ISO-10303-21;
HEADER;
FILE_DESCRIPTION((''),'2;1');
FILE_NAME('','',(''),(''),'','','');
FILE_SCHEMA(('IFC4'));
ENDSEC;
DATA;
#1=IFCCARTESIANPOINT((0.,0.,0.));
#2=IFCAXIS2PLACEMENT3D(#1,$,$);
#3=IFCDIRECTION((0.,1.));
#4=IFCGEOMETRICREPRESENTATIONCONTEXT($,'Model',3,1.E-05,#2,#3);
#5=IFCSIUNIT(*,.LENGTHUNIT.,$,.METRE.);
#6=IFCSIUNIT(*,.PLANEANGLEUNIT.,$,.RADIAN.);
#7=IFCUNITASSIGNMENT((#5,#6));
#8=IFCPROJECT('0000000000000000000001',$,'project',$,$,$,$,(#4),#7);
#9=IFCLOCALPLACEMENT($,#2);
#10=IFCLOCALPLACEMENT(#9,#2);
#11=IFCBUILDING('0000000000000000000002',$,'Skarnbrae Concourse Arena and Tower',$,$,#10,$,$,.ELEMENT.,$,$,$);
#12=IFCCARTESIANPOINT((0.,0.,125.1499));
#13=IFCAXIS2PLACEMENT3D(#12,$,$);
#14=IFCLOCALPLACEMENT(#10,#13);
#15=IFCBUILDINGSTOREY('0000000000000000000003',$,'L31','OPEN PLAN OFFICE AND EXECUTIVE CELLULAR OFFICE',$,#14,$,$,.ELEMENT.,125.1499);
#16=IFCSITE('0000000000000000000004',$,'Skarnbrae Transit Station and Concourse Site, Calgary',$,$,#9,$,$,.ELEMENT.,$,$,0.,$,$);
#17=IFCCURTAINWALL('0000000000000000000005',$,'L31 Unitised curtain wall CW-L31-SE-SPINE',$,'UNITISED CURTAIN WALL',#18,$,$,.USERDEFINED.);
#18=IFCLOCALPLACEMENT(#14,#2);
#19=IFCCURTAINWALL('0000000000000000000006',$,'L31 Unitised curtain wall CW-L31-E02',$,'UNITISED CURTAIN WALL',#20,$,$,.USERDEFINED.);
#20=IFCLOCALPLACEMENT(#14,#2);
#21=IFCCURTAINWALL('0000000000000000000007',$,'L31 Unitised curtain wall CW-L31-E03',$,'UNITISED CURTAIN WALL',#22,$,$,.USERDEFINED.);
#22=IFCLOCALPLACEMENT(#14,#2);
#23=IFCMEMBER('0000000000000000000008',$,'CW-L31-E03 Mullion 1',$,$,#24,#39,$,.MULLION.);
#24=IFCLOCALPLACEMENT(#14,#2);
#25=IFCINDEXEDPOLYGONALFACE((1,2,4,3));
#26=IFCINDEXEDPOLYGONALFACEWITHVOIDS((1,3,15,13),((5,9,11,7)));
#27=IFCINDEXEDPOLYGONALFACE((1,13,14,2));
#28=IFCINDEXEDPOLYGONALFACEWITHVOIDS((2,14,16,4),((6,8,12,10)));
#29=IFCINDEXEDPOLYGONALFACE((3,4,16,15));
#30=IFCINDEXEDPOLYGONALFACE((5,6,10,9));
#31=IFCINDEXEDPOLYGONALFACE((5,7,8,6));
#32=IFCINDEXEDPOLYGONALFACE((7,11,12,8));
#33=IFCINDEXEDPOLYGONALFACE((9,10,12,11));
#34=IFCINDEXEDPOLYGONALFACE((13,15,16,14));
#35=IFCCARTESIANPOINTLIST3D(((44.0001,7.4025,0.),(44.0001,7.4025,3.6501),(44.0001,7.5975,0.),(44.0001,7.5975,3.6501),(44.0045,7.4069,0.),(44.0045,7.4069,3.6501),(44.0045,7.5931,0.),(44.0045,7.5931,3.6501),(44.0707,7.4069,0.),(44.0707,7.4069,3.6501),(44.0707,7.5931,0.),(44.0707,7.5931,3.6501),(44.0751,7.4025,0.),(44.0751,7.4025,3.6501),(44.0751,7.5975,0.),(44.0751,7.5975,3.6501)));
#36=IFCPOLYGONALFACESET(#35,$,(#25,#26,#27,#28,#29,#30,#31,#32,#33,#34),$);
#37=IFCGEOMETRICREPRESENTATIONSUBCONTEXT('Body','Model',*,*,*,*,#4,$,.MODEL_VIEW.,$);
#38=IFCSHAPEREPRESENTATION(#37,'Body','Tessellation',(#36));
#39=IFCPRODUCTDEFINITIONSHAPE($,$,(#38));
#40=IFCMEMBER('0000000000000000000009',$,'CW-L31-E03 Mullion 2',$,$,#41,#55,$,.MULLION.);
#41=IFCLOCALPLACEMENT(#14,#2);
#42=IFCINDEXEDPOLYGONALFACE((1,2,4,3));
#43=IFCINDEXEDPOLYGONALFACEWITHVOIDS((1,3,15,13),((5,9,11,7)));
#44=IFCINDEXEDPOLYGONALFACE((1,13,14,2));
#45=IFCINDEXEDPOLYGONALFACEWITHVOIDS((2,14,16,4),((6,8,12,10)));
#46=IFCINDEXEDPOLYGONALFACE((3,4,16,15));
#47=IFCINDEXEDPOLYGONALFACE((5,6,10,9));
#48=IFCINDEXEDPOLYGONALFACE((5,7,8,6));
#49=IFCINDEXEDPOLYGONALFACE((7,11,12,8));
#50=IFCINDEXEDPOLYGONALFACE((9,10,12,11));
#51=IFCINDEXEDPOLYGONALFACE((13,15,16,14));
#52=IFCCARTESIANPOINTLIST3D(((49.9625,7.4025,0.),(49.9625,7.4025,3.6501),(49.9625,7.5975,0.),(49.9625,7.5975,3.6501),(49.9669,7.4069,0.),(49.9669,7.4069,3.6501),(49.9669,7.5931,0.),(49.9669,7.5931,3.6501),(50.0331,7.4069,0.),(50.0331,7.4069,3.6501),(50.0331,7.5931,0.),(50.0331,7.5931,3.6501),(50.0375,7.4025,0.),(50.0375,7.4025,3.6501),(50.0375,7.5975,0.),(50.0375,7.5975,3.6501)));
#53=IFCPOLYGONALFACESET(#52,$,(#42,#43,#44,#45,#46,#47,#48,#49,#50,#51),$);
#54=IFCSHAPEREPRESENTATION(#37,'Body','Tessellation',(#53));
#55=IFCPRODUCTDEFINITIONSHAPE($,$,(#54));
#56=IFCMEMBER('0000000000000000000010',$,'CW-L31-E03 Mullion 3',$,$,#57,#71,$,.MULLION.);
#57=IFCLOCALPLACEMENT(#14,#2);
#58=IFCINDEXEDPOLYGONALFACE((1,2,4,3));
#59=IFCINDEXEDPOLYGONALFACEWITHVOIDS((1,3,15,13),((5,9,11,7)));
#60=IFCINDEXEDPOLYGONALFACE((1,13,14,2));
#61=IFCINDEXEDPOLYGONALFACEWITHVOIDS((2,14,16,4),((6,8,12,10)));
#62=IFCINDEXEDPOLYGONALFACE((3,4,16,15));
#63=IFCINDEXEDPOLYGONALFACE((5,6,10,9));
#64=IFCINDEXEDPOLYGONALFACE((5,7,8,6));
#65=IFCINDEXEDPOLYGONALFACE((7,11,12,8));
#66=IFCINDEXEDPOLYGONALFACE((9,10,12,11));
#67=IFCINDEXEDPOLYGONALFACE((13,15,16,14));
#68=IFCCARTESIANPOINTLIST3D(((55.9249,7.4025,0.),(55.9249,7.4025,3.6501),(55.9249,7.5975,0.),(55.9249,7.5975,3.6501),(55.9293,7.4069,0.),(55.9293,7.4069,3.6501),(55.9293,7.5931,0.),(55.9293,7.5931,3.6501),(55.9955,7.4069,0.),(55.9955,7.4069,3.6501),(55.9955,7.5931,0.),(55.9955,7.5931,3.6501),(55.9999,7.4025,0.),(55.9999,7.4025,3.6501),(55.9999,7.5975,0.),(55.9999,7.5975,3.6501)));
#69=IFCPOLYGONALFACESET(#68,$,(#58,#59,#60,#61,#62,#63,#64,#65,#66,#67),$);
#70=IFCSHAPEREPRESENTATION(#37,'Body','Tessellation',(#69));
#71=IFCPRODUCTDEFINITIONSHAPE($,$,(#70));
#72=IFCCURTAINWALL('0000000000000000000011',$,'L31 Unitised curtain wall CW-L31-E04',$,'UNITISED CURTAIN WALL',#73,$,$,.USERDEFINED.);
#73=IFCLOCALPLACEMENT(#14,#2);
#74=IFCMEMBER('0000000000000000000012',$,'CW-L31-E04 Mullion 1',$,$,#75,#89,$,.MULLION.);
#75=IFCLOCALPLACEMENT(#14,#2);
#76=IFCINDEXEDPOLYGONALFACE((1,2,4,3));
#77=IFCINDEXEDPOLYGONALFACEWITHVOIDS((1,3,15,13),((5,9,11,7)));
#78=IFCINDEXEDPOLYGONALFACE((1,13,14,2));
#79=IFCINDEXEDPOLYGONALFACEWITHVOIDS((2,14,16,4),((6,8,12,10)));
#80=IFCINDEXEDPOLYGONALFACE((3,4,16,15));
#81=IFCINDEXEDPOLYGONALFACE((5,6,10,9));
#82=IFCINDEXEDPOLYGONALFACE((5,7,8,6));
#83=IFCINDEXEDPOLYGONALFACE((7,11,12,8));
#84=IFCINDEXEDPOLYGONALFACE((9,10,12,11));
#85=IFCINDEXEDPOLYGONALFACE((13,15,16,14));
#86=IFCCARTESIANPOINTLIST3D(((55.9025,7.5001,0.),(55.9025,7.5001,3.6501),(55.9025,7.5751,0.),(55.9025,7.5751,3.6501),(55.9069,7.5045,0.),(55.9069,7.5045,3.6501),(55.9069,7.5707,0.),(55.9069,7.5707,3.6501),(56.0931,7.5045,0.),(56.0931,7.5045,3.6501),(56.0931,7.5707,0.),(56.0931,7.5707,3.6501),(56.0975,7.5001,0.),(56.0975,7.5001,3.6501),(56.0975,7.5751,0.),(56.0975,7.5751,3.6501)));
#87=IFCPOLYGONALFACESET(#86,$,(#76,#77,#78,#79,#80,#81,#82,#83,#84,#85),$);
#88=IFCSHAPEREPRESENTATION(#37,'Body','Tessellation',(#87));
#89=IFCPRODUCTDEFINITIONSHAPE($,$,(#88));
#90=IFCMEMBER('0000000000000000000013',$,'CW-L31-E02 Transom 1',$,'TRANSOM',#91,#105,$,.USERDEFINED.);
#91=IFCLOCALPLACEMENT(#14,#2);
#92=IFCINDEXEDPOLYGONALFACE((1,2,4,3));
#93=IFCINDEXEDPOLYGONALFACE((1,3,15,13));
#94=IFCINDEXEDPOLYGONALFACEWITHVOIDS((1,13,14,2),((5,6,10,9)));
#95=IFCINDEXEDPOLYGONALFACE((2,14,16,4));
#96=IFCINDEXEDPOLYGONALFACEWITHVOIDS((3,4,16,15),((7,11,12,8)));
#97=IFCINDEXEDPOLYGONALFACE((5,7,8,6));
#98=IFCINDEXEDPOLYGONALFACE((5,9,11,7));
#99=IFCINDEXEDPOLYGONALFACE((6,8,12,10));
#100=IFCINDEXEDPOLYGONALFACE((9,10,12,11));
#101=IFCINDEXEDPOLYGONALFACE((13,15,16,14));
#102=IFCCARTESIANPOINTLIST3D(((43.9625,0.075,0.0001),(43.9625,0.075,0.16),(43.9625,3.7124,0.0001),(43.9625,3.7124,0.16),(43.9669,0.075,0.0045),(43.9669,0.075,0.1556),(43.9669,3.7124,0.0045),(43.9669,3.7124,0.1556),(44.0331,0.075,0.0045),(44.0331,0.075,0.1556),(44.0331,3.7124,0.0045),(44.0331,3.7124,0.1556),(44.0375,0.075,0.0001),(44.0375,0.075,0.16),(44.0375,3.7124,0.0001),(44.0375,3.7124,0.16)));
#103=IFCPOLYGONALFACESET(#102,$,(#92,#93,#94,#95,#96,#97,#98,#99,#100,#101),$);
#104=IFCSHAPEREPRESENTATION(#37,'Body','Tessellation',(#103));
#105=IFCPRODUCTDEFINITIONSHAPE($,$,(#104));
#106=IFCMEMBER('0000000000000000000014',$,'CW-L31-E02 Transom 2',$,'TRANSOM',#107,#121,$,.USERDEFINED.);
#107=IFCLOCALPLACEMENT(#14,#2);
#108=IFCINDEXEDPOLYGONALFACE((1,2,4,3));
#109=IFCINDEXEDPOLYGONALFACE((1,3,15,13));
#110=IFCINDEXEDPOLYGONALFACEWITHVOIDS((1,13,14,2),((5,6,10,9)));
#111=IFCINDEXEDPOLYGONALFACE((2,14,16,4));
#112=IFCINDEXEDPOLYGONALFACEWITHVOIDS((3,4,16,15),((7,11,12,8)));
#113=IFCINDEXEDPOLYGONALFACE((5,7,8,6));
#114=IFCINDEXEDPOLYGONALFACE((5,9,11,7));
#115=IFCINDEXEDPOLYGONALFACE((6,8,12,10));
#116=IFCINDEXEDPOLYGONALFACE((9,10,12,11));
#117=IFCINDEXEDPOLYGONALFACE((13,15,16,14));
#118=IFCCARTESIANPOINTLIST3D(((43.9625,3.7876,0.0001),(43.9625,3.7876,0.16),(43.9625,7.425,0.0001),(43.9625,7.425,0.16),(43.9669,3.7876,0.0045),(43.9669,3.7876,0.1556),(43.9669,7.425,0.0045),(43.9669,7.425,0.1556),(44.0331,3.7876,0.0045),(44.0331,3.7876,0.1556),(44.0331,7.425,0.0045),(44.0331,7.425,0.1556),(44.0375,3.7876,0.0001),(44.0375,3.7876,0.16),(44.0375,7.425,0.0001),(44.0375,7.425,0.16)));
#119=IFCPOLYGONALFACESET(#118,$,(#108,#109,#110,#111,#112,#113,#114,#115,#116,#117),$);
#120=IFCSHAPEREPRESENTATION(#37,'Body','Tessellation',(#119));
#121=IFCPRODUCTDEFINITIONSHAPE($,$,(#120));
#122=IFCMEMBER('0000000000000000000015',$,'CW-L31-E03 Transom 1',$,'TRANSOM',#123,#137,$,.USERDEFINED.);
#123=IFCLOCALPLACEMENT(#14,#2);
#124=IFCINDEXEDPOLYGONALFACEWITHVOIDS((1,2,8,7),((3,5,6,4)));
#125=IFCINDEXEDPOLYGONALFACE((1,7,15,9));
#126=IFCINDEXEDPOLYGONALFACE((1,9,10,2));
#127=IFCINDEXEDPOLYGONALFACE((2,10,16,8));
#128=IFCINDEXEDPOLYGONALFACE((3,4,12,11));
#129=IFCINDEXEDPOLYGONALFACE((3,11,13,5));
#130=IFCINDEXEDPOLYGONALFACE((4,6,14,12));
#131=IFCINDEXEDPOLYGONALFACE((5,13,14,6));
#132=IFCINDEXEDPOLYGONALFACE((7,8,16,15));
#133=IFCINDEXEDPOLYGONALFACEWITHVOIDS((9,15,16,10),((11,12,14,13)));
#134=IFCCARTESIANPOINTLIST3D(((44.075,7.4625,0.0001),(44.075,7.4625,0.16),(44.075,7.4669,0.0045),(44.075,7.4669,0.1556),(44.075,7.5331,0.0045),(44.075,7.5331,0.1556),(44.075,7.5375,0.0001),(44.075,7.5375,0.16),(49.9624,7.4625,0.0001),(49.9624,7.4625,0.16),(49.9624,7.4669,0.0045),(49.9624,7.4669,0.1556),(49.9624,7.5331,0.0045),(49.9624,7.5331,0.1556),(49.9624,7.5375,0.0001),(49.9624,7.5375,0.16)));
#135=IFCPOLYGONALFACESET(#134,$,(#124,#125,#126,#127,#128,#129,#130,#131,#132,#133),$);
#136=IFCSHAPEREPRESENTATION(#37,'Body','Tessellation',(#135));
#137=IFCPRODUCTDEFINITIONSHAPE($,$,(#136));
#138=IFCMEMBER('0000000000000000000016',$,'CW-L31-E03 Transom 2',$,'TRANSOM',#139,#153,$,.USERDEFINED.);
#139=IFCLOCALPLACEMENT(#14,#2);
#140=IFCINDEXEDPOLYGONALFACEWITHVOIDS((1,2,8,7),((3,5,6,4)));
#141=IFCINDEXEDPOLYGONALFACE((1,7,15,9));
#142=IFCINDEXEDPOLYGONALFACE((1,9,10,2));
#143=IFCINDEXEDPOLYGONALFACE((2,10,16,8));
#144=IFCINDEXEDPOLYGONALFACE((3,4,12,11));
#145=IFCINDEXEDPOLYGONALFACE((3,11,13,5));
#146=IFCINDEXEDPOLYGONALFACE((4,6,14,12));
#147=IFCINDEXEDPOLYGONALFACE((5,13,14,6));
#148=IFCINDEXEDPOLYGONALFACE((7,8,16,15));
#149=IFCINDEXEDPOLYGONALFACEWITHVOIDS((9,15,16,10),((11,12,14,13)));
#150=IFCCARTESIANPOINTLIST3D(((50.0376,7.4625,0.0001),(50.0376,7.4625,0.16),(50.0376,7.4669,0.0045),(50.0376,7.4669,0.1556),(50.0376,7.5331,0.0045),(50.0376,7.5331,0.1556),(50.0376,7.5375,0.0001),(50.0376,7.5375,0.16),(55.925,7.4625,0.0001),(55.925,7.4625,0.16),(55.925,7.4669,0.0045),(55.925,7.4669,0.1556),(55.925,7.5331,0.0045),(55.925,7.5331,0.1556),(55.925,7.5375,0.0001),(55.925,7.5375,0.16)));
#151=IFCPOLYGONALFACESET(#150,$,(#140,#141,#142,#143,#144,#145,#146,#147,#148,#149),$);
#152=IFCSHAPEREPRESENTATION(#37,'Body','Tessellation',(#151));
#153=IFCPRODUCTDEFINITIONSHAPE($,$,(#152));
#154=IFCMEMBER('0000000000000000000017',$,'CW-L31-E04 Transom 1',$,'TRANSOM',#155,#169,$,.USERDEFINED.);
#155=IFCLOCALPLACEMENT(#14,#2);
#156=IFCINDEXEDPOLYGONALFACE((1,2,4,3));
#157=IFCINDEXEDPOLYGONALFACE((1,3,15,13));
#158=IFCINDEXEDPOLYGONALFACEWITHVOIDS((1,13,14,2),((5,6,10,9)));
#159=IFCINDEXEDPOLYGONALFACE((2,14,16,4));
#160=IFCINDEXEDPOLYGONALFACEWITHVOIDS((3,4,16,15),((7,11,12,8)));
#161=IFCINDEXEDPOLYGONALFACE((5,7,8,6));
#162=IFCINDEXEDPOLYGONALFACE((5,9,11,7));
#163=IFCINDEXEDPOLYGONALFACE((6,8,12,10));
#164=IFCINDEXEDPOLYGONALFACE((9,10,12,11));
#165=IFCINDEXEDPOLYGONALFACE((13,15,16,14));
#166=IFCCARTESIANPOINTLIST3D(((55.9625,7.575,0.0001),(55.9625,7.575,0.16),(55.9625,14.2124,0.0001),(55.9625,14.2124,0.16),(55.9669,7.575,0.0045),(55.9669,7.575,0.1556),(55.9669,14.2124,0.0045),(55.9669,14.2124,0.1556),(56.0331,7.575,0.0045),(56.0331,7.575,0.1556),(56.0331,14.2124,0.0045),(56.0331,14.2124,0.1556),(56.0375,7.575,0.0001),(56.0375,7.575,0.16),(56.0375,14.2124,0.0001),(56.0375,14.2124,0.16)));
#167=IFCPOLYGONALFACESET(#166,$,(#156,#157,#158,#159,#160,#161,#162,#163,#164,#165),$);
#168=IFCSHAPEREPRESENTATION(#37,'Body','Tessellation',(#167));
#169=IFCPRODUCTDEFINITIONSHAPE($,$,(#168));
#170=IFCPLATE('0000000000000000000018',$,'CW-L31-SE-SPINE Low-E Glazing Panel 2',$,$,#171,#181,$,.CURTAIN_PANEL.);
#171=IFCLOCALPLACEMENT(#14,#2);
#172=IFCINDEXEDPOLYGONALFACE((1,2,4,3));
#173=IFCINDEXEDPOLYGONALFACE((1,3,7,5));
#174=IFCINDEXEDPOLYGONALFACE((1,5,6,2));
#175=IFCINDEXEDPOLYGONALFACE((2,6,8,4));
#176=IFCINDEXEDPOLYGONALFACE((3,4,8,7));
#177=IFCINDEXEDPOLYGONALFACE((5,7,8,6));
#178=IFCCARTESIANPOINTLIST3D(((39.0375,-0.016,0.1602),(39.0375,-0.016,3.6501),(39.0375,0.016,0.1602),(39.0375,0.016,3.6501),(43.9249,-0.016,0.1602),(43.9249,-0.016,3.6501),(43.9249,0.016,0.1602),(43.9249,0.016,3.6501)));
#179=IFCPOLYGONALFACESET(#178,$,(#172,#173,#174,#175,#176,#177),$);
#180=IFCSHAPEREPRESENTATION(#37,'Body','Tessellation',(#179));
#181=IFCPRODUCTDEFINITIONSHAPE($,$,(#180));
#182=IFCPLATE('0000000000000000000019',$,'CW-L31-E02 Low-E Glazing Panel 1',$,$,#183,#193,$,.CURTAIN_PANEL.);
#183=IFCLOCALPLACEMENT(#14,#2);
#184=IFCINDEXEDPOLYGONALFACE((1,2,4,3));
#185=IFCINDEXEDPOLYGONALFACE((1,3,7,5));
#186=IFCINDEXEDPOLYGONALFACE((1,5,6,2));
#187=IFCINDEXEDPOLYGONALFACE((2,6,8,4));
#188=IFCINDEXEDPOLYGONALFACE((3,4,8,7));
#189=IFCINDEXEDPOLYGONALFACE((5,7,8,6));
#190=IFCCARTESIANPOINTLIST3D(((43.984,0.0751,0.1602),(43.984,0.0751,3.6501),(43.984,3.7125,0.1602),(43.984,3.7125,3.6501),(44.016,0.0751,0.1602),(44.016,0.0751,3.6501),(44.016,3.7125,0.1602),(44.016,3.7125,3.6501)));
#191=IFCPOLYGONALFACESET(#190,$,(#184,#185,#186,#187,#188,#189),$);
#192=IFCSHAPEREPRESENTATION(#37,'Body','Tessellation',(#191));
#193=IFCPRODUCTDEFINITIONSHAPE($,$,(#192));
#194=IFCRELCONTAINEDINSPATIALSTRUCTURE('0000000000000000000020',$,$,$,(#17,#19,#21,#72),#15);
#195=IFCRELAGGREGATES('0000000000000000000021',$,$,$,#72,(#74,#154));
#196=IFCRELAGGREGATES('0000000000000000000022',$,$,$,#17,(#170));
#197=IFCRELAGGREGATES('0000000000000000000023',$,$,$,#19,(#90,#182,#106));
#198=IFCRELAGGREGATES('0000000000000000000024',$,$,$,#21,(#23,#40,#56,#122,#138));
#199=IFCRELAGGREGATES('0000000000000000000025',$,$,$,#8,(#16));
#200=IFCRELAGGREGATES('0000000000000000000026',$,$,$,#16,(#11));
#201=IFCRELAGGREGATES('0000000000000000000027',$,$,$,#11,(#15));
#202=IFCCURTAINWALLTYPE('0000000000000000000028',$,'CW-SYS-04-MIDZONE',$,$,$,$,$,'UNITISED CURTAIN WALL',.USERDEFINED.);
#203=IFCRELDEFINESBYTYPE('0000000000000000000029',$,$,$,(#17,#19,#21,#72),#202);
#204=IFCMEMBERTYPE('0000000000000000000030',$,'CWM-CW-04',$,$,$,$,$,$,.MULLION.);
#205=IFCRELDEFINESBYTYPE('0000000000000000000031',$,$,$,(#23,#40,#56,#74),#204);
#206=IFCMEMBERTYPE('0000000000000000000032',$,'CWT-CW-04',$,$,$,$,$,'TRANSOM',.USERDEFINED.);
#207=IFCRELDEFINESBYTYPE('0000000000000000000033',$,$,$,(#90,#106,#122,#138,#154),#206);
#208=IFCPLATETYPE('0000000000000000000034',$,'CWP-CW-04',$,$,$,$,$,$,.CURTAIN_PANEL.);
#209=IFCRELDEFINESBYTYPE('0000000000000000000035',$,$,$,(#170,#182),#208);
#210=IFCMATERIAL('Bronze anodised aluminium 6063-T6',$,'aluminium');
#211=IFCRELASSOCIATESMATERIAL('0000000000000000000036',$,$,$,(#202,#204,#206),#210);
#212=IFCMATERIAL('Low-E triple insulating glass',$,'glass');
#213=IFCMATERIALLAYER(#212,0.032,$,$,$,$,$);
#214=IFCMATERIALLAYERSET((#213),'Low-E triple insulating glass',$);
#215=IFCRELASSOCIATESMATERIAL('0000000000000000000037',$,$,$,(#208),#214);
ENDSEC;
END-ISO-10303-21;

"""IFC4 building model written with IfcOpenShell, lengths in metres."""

from ifc_helpers import new_model, si_unit, direction, frame, origin, origin_2d, place, context, subcontext, project, spatial, rectangle, hollow_rectangle, extrude, source, transform, mapped, material, layer, layer_set, material_profile, profile_set, type_object, element, aggregate, save


model = new_model("IFC4")

# Units and contexts
model_context = context("Model", 3, precision=1e-05, world=origin(), true_north=direction((0.0, 1.0)))
body_context = subcontext(model_context, "Body", "Model", "MODEL_VIEW")
ifc_project = project(units=[si_unit("LENGTHUNIT", "METRE"), si_unit("PLANEANGLEUNIT", "RADIAN")], contexts=[model_context])

# Site, building, storey
site_placement = place(None, origin())
site = spatial("IfcSite", under=ifc_project, at=site_placement, Name="Skarnbrae Transit Station and Concourse Site, Calgary", CompositionType="ELEMENT", RefElevation=0.0)
building_placement = place(site_placement, origin())
building = spatial("IfcBuilding", under=site, at=building_placement, Name="Skarnbrae Concourse Arena and Tower", CompositionType="ELEMENT")
storey_placement = place(building_placement, frame((0.0, 0.0, 125.1499)))
storey = spatial("IfcBuildingStorey", under=building, at=storey_placement, Name="L31", Description="OPEN PLAN OFFICE AND EXECUTIVE CELLULAR OFFICE", CompositionType="ELEMENT", Elevation=125.1499)

# Curtain wall
ifc_material_1 = material(Name="Bronze anodised aluminium 6063-T6", Category="aluminium")
curtain_wall_type = type_object("IfcCurtainWallType", Name="CW-SYS-04-MIDZONE", ElementType="UNITISED CURTAIN WALL", PredefinedType="USERDEFINED", material=ifc_material_1)
curtain_wall_1_placement = place(storey_placement, origin())
curtain_wall_1 = element("IfcCurtainWall", 1, at=curtain_wall_1_placement, inside=storey, type_object=curtain_wall_type, Name="L31 Unitised curtain wall CW-L31-SE-SPINE", ObjectType="UNITISED CURTAIN WALL", PredefinedType="USERDEFINED")
ifc_material_profile_1 = material_profile(ifc_material_1, hollow_rectangle(XDim=0.075, YDim=0.1951, WallThickness=0.0044, at=origin_2d()), Name="ALU-MULL-75X195")
ifc_profile_set_1 = profile_set([ifc_material_profile_1], Name="Bronze anodised aluminium 6063-T6")
member_type_1 = type_object("IfcMemberType", Name="CWM-CW-04", PredefinedType="MULLION", material=ifc_profile_set_1)
shared_shape_1 = source(origin(), body_context, "Body", "SweptSolid", [
    extrude(hollow_rectangle(XDim=0.075, YDim=0.1951, WallThickness=0.0044, at=origin_2d()), origin(), (0.0, 0.0, 1.0), 3.6501),
])

# Curtain walls, members
curtain_wall_2_placement = place(storey_placement, origin())
curtain_wall_2 = element("IfcCurtainWall", 2, at=curtain_wall_2_placement, inside=storey, type_object=curtain_wall_type, Name="L31 Unitised curtain wall CW-L31-E02", ObjectType="UNITISED CURTAIN WALL", PredefinedType="USERDEFINED")
curtain_wall_3_placement = place(storey_placement, origin())
curtain_wall_3 = element("IfcCurtainWall", 3, at=curtain_wall_3_placement, inside=storey, type_object=curtain_wall_type, Name="L31 Unitised curtain wall CW-L31-E03", ObjectType="UNITISED CURTAIN WALL", PredefinedType="USERDEFINED")
member_1_placement = place(storey_placement, frame((44.0376, 7.5, 0.0), z_axis=(0.0, 0.0, 1.0), x_axis=(1.0, 0.0, 0.0)))
member_1 = element("IfcMember", 4, at=member_1_placement, type_object=member_type_1, Name="CW-L31-E03 Mullion 1", PredefinedType="MULLION", context=body_context, shape_type="MappedRepresentation", body=[
    mapped(shared_shape_1, transform((0.0, 0.0, 0.0))),
])
member_2_placement = place(storey_placement, frame((50.0, 7.5, 0.0), z_axis=(0.0, 0.0, 1.0), x_axis=(1.0, 0.0, 0.0)))
member_2 = element("IfcMember", 5, at=member_2_placement, type_object=member_type_1, Name="CW-L31-E03 Mullion 2", PredefinedType="MULLION", context=body_context, shape_type="MappedRepresentation", body=[
    mapped(shared_shape_1, transform((0.0, 0.0, 0.0))),
])
member_3_placement = place(storey_placement, frame((55.9624, 7.5, 0.0), z_axis=(0.0, 0.0, 1.0), x_axis=(1.0, 0.0, 0.0)))
member_3 = element("IfcMember", 6, at=member_3_placement, type_object=member_type_1, Name="CW-L31-E03 Mullion 3", PredefinedType="MULLION", context=body_context, shape_type="MappedRepresentation", body=[
    mapped(shared_shape_1, transform((0.0, 0.0, 0.0))),
])

# Curtain wall, member
curtain_wall_4_placement = place(storey_placement, origin())
curtain_wall_4 = element("IfcCurtainWall", 7, at=curtain_wall_4_placement, inside=storey, type_object=curtain_wall_type, Name="L31 Unitised curtain wall CW-L31-E04", ObjectType="UNITISED CURTAIN WALL", PredefinedType="USERDEFINED")
member_4_placement = place(storey_placement, frame((56.0, 7.5376, 0.0), z_axis=(0.0, 0.0, 1.0), x_axis=(0.0, 1.0, 0.0)))
member_4 = element("IfcMember", 8, at=member_4_placement, type_object=member_type_1, Name="CW-L31-E04 Mullion 1", PredefinedType="MULLION", context=body_context, shape_type="MappedRepresentation", body=[
    mapped(shared_shape_1, transform((0.0, 0.0, 0.0))),
])

# Members
ifc_material_profile_2 = material_profile(ifc_material_1, hollow_rectangle(XDim=0.075, YDim=0.1599, WallThickness=0.0044, at=origin_2d()), Name="ALU-TRAN-75X160")
ifc_profile_set_2 = profile_set([ifc_material_profile_2], Name="Bronze anodised aluminium 6063-T6")
member_type_2 = type_object("IfcMemberType", Name="CWT-CW-04", ElementType="TRANSOM", PredefinedType="USERDEFINED", material=ifc_profile_set_2)
shared_shape_2 = source(origin(), body_context, "Body", "SweptSolid", [
    extrude(hollow_rectangle(XDim=0.075, YDim=0.1599, WallThickness=0.0044, at=origin_2d()), origin(), (0.0, 0.0, 1.0), 3.6375),
])
member_5_placement = place(storey_placement, frame((44.0, 0.075, 0.0801), z_axis=(0.0, 1.0, 0.0), x_axis=(-1.0, 0.0, 0.0)))
member_5 = element("IfcMember", 9, at=member_5_placement, type_object=member_type_2, Name="CW-L31-E02 Transom 1", ObjectType="TRANSOM", PredefinedType="USERDEFINED", context=body_context, shape_type="MappedRepresentation", body=[
    mapped(shared_shape_2, transform((0.0, 0.0, 0.0))),
])
member_6_placement = place(storey_placement, frame((44.0, 3.7876, 0.0801), z_axis=(0.0, 1.0, 0.0), x_axis=(-1.0, 0.0, 0.0)))
member_6 = element("IfcMember", 10, at=member_6_placement, type_object=member_type_2, Name="CW-L31-E02 Transom 2", ObjectType="TRANSOM", PredefinedType="USERDEFINED", context=body_context, shape_type="MappedRepresentation", body=[
    mapped(shared_shape_2, transform((0.0, 0.0, 0.0))),
])
shared_shape_3 = source(origin(), body_context, "Body", "SweptSolid", [
    extrude(hollow_rectangle(XDim=0.075, YDim=0.1599, WallThickness=0.0044, at=origin_2d()), origin(), (0.0, 0.0, 1.0), 5.8875),
])
member_7_placement = place(storey_placement, frame((44.075, 7.5, 0.0801), z_axis=(1.0, 0.0, 0.0), x_axis=(0.0, 1.0, 0.0)))
member_7 = element("IfcMember", 11, at=member_7_placement, type_object=member_type_2, Name="CW-L31-E03 Transom 1", ObjectType="TRANSOM", PredefinedType="USERDEFINED", context=body_context, shape_type="MappedRepresentation", body=[
    mapped(shared_shape_3, transform((0.0, 0.0, 0.0))),
])
member_8_placement = place(storey_placement, frame((50.0376, 7.5, 0.0801), z_axis=(1.0, 0.0, 0.0), x_axis=(0.0, 1.0, 0.0)))
member_8 = element("IfcMember", 12, at=member_8_placement, type_object=member_type_2, Name="CW-L31-E03 Transom 2", ObjectType="TRANSOM", PredefinedType="USERDEFINED", context=body_context, shape_type="MappedRepresentation", body=[
    mapped(shared_shape_3, transform((0.0, 0.0, 0.0))),
])
shared_shape_4 = source(origin(), body_context, "Body", "SweptSolid", [
    extrude(hollow_rectangle(XDim=0.075, YDim=0.1599, WallThickness=0.0044, at=origin_2d()), origin(), (0.0, 0.0, 1.0), 6.6375),
])
member_9_placement = place(storey_placement, frame((56.0, 7.575, 0.0801), z_axis=(0.0, 1.0, 0.0), x_axis=(-1.0, 0.0, 0.0)))
member_9 = element("IfcMember", 13, at=member_9_placement, type_object=member_type_2, Name="CW-L31-E04 Transom 1", ObjectType="TRANSOM", PredefinedType="USERDEFINED", context=body_context, shape_type="MappedRepresentation", body=[
    mapped(shared_shape_4, transform((0.0, 0.0, 0.0))),
])
aggregate(curtain_wall_4, [member_4, member_9])

# Plates
ifc_material_2 = material(Name="Low-E triple insulating glass", Category="glass")
ifc_layer = layer(ifc_material_2, 0.032)
ifc_layer_set = layer_set([ifc_layer], Name="Low-E triple insulating glass")
plate_type = type_object("IfcPlateType", Name="CWP-CW-04", PredefinedType="CURTAIN_PANEL", material=ifc_layer_set)
shared_shape_5 = source(origin(), body_context, "Body", "SweptSolid", [
    extrude(rectangle(XDim=4.8875, YDim=0.032, at=origin_2d()), origin(), (0.0, 0.0, 1.0), 3.49),
])
plate_1_placement = place(storey_placement, frame((41.4812, 0.0, 0.1602), z_axis=(0.0, 0.0, 1.0), x_axis=(1.0, 0.0, 0.0)))
plate_1 = element("IfcPlate", 14, at=plate_1_placement, type_object=plate_type, Name="CW-L31-SE-SPINE Low-E Glazing Panel 2", PredefinedType="CURTAIN_PANEL", context=body_context, shape_type="MappedRepresentation", body=[
    mapped(shared_shape_5, transform((0.0, 0.0, 0.0))),
])
aggregate(curtain_wall_1, [plate_1])
shared_shape_6 = source(origin(), body_context, "Body", "SweptSolid", [
    extrude(rectangle(XDim=3.6375, YDim=0.032, at=origin_2d()), origin(), (0.0, 0.0, 1.0), 3.49),
])
plate_2_placement = place(storey_placement, frame((44.0, 1.8938, 0.1602), z_axis=(0.0, 0.0, 1.0), x_axis=(0.0, 1.0, 0.0)))
plate_2 = element("IfcPlate", 15, at=plate_2_placement, type_object=plate_type, Name="CW-L31-E02 Low-E Glazing Panel 1", PredefinedType="CURTAIN_PANEL", context=body_context, shape_type="MappedRepresentation", body=[
    mapped(shared_shape_6, transform((0.0, 0.0, 0.0))),
])
aggregate(curtain_wall_2, [member_5, plate_2, member_6])
aggregate(curtain_wall_3, [member_1, member_2, member_3, member_7, member_8])

save(model, "model.ifc")
